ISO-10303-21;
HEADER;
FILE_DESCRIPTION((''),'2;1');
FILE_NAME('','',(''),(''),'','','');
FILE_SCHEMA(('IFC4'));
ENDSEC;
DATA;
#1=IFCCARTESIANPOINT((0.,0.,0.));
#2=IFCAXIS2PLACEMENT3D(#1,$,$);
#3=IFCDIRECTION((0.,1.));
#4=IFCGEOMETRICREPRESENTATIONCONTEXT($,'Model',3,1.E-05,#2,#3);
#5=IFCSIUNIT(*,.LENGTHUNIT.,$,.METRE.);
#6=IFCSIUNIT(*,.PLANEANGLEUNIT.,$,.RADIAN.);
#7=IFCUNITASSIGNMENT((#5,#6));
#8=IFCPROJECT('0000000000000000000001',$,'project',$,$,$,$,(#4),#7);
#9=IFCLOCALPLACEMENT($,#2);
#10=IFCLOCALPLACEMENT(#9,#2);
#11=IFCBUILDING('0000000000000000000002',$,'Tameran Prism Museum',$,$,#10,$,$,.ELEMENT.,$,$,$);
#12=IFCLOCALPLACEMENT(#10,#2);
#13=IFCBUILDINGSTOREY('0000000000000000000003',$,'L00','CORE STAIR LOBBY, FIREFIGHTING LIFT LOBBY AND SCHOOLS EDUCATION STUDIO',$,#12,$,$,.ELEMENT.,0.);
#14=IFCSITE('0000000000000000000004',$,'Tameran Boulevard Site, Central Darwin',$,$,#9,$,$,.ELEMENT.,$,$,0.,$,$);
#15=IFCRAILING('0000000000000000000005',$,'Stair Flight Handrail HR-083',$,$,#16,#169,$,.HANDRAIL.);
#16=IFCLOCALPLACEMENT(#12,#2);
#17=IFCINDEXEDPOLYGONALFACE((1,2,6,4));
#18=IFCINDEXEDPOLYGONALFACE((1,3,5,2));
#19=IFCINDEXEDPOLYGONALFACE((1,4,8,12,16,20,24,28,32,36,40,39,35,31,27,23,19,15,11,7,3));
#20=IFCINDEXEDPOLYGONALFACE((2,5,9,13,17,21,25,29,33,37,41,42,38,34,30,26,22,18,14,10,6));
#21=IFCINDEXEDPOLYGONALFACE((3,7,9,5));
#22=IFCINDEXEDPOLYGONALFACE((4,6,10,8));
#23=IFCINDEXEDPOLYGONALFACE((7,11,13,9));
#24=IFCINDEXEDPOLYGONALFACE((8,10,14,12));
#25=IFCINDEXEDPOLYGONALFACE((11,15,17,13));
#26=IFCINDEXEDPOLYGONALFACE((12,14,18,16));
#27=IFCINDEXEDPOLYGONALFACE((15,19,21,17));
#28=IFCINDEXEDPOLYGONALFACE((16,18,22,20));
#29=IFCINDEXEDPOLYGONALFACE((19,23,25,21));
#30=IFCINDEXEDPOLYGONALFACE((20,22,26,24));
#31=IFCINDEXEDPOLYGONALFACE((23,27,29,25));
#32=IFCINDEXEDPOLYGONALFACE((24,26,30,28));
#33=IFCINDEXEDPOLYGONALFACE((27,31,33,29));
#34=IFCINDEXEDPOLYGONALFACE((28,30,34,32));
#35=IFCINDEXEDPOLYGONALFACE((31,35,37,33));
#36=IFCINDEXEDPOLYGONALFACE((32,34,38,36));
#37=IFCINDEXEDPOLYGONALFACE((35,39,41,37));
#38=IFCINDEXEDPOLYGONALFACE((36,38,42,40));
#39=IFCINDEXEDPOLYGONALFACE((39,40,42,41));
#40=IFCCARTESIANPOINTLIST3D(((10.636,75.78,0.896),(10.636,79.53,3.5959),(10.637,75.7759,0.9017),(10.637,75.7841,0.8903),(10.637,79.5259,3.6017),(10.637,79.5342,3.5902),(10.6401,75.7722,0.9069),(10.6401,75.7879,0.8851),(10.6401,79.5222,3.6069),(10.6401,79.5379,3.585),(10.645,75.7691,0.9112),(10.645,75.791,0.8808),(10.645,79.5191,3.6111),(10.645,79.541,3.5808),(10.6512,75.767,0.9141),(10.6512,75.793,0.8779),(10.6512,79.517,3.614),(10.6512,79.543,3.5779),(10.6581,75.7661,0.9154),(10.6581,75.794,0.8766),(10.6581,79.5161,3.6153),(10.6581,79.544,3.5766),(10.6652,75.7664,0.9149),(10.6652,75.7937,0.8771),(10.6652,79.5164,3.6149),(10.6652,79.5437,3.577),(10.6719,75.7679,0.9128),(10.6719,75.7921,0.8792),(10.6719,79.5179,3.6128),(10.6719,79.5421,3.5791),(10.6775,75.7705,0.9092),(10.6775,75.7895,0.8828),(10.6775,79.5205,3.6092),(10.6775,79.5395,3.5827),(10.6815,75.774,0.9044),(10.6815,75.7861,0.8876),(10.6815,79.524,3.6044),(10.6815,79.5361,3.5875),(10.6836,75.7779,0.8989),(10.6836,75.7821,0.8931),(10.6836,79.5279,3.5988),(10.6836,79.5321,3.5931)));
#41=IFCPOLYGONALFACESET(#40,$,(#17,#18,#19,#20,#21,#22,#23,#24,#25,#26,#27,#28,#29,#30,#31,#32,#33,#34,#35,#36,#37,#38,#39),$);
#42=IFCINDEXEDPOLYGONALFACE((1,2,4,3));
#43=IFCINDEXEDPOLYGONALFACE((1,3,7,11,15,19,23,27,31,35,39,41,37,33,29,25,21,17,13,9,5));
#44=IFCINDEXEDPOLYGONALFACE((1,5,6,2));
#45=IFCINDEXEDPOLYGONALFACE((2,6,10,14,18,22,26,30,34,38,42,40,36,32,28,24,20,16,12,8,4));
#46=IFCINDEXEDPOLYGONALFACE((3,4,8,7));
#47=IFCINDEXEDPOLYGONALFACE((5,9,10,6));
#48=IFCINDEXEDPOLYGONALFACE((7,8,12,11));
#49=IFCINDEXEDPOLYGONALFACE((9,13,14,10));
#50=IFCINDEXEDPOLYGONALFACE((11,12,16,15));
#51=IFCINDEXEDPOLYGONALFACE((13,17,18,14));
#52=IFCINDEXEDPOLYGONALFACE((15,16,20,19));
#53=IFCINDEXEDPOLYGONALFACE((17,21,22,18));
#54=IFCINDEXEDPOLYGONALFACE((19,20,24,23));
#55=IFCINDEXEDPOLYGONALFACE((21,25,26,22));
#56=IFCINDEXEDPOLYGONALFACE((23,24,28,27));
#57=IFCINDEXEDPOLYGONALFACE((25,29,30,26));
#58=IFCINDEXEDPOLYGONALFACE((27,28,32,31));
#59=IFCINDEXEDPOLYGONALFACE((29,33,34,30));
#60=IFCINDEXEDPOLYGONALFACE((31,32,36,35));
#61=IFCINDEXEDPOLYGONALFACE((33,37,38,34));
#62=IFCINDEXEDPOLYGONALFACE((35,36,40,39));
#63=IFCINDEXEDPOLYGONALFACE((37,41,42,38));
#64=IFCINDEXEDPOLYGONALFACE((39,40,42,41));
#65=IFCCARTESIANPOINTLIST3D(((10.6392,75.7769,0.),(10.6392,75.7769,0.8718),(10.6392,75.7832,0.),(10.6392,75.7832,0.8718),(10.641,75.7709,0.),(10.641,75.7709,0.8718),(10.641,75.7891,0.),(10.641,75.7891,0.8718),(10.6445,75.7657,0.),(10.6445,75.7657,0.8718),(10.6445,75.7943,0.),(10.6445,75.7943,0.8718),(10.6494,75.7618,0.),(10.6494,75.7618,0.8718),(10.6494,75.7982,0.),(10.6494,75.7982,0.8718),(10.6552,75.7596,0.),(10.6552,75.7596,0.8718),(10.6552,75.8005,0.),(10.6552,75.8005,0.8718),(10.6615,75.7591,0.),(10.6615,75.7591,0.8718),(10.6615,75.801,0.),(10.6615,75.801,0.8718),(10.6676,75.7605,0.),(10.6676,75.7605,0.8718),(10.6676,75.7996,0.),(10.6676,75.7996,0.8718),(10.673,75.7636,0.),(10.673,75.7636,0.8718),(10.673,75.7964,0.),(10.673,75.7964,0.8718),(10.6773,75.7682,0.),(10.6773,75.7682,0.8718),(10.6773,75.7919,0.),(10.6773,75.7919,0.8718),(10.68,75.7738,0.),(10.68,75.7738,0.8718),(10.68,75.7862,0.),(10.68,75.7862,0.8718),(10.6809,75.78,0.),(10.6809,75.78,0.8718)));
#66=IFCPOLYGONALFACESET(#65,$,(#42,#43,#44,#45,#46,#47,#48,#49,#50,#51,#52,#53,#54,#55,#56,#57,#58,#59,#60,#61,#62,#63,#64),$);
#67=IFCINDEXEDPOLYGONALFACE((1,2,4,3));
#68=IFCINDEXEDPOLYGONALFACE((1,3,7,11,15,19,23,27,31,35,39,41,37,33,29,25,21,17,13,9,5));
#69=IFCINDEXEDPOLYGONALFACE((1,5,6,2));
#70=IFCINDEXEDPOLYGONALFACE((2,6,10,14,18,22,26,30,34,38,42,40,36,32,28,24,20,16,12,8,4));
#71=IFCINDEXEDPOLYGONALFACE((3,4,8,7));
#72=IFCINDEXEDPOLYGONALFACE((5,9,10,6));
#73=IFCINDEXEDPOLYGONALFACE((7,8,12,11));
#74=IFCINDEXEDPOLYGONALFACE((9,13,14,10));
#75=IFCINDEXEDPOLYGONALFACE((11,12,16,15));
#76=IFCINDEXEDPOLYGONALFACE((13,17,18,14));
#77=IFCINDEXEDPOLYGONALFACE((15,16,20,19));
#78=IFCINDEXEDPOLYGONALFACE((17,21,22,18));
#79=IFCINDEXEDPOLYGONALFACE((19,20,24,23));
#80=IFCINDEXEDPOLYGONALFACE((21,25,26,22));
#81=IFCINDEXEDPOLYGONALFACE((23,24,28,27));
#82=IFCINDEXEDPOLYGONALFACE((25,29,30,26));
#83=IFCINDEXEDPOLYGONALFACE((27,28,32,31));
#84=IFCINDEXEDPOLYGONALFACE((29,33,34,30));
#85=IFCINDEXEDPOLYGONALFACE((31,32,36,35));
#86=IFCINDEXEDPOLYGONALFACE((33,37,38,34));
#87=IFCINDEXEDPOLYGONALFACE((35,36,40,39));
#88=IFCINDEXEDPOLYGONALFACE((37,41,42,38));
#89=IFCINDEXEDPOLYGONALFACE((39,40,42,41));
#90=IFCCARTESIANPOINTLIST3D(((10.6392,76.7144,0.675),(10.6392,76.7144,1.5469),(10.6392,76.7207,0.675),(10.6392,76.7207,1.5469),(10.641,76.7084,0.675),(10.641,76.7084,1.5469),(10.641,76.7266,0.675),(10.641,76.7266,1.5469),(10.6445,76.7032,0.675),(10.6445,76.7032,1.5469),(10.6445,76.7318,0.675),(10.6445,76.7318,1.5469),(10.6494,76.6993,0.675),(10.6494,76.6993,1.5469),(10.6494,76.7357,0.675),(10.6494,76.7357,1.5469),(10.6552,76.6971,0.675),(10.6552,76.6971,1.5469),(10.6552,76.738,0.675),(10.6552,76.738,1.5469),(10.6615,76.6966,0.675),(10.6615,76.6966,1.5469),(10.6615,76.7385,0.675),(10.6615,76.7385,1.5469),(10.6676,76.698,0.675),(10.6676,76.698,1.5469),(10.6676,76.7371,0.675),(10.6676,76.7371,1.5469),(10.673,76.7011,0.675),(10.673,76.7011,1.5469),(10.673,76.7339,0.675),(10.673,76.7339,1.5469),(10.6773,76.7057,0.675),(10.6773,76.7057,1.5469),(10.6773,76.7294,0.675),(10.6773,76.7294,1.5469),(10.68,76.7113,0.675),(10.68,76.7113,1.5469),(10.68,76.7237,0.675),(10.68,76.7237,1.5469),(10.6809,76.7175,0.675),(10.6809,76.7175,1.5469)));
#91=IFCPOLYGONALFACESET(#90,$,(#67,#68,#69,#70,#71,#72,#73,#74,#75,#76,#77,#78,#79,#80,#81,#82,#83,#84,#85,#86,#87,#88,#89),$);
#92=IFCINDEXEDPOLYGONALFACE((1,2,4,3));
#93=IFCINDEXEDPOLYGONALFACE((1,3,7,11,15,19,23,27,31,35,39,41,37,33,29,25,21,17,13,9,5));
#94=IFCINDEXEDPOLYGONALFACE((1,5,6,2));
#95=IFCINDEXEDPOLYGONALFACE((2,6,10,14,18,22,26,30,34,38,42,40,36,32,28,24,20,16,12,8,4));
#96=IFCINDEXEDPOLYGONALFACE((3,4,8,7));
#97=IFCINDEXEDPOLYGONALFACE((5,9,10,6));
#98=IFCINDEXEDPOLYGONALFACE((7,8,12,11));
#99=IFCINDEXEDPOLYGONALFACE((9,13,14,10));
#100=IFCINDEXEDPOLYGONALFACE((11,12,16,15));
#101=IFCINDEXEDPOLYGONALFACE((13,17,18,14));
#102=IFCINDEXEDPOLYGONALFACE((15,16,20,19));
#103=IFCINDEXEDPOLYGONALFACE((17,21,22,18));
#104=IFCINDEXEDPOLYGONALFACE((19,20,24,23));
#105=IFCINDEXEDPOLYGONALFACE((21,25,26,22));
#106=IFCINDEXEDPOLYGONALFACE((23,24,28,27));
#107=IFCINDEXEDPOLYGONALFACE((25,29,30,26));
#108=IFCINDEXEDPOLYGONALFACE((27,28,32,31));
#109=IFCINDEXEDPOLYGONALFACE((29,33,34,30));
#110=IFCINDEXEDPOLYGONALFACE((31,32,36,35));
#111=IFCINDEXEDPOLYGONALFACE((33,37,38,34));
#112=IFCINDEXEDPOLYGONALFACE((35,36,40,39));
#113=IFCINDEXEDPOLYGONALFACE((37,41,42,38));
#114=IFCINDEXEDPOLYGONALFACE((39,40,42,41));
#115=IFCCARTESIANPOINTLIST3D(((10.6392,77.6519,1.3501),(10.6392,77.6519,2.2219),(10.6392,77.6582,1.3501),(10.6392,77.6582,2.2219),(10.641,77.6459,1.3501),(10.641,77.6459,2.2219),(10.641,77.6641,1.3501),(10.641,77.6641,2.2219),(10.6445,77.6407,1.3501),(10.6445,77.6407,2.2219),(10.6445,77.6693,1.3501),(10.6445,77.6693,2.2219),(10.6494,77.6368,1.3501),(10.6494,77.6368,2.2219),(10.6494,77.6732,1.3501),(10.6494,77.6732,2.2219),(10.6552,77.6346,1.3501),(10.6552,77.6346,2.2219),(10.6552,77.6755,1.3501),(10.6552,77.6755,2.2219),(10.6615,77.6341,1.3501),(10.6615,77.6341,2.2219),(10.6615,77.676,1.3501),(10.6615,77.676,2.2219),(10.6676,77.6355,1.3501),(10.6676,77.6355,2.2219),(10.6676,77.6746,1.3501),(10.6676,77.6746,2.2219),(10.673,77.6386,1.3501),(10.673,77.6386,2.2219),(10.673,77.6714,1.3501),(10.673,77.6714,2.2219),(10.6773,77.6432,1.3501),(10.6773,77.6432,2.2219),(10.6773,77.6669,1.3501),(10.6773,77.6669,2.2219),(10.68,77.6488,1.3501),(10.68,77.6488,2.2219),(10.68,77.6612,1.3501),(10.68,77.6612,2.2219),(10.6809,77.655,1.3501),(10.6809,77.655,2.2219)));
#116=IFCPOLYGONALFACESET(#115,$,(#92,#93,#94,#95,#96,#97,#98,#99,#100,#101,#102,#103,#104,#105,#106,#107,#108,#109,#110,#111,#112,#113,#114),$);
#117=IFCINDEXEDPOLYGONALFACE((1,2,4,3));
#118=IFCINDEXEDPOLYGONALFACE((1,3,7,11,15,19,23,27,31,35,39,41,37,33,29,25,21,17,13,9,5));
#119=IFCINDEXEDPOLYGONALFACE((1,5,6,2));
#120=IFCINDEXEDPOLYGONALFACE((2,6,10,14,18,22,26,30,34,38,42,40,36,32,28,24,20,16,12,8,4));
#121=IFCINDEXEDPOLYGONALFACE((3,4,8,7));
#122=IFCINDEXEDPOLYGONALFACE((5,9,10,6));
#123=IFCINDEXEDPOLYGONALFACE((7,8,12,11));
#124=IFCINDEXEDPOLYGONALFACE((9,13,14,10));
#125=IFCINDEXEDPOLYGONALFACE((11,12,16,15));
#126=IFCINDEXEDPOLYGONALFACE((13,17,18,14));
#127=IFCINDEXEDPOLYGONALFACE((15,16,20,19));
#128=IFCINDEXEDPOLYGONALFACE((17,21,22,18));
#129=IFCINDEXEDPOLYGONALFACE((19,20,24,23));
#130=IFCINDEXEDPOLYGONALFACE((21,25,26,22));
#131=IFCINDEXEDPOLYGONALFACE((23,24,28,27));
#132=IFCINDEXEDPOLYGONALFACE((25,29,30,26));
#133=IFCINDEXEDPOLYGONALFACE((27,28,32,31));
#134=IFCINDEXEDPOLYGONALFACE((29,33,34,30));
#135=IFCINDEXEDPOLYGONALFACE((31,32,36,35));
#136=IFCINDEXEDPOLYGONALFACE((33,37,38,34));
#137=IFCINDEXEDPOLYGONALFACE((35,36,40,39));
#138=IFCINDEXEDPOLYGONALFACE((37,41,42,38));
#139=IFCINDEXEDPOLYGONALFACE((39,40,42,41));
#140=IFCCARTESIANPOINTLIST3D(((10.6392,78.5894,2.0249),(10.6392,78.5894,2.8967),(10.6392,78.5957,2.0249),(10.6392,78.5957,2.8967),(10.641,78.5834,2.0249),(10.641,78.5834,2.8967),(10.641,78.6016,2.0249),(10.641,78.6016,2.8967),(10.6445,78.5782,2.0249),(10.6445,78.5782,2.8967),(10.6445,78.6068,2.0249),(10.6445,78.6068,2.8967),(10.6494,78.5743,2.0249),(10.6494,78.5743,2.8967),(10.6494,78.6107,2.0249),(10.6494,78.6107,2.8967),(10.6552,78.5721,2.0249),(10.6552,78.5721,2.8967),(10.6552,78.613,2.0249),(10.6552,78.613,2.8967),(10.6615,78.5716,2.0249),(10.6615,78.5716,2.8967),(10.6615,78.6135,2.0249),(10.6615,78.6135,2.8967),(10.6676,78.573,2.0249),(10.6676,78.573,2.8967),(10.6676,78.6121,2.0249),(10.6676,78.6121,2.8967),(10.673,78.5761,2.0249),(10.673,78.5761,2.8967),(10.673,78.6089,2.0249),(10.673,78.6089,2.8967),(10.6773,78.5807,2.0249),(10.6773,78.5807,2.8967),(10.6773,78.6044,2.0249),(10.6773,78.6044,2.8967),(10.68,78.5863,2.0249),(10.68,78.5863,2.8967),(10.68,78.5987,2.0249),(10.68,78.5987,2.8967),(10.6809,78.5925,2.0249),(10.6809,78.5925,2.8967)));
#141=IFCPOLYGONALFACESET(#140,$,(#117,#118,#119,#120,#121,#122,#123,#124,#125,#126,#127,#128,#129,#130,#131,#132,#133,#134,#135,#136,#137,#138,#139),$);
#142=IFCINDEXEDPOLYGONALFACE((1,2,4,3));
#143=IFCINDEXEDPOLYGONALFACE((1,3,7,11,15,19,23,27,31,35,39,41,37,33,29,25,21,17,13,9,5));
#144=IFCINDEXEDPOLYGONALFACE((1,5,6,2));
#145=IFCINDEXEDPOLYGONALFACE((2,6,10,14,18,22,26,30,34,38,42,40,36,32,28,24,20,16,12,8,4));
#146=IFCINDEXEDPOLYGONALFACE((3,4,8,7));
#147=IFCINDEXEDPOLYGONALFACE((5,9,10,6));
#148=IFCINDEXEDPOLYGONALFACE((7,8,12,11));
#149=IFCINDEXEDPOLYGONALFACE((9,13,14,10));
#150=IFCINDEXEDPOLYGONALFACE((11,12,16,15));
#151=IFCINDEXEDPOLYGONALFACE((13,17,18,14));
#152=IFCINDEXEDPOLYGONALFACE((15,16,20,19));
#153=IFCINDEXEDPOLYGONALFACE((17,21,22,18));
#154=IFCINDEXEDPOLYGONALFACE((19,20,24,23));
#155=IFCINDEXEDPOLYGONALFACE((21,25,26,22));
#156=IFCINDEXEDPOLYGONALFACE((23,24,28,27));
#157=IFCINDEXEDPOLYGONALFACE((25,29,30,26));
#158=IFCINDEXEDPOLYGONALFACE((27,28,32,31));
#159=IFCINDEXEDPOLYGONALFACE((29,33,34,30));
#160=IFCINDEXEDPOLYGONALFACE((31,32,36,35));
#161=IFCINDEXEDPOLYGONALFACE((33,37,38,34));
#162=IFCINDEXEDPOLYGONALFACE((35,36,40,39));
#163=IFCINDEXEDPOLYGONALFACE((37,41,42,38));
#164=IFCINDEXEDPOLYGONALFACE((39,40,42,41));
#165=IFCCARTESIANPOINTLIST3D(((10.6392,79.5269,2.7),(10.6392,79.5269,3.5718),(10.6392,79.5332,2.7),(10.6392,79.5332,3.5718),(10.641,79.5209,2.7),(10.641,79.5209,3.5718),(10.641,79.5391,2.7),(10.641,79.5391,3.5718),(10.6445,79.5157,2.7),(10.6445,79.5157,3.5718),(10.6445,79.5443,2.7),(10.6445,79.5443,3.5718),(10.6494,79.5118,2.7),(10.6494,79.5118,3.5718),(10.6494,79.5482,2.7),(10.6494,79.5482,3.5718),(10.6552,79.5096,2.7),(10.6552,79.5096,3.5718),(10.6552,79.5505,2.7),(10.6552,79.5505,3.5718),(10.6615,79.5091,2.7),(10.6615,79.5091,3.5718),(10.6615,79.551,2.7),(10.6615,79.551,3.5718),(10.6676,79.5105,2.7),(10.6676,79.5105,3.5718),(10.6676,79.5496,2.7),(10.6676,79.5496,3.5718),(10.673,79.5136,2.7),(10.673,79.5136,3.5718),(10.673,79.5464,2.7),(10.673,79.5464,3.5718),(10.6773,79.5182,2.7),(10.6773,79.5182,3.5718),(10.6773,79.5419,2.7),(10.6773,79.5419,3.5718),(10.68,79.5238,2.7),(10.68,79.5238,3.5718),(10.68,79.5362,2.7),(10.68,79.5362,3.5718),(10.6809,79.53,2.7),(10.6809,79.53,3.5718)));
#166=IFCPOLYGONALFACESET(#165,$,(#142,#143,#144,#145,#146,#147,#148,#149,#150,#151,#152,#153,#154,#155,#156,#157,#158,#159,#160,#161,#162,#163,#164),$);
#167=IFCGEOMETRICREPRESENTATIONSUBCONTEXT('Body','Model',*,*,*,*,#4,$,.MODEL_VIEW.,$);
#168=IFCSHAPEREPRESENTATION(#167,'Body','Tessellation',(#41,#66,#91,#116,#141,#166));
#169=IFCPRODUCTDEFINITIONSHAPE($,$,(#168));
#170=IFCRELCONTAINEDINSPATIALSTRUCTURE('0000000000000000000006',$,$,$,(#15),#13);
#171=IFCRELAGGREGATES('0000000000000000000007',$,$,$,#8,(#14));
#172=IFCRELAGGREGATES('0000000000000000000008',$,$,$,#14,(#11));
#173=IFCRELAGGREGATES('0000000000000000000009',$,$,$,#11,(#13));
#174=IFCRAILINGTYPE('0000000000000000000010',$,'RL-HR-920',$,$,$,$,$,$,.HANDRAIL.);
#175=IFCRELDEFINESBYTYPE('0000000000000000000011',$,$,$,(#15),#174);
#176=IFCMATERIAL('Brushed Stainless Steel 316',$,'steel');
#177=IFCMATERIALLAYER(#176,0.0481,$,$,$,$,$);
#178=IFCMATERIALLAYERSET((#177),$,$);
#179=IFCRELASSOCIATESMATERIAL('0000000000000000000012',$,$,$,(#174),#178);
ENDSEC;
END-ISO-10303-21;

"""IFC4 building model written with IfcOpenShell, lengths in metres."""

from ifc_helpers import new_model, si_unit, direction, frame, origin, origin_2d, place, context, subcontext, project, spatial, circle, extrude, material, layer, layer_set, type_object, element, save


model = new_model("IFC4")

# Units and contexts
model_context = context("Model", 3, precision=1e-05, world=origin(), true_north=direction((0.0, 1.0)))
body_context = subcontext(model_context, "Body", "Model", "MODEL_VIEW")
ifc_project = project(units=[si_unit("LENGTHUNIT", "METRE"), si_unit("PLANEANGLEUNIT", "RADIAN")], contexts=[model_context])

# Site, building, storey
site_placement = place(None, origin())
site = spatial("IfcSite", under=ifc_project, at=site_placement, Name="Tameran Boulevard Site, Central Darwin", CompositionType="ELEMENT", RefElevation=0.0)
building_placement = place(site_placement, origin())
building = spatial("IfcBuilding", under=site, at=building_placement, Name="Tameran Prism Museum", CompositionType="ELEMENT")
storey_placement = place(building_placement, origin())
storey = spatial("IfcBuildingStorey", under=building, at=storey_placement, Name="L00", Description="CORE STAIR LOBBY, FIREFIGHTING LIFT LOBBY AND SCHOOLS EDUCATION STUDIO", CompositionType="ELEMENT", Elevation=0.0)

# Railing
ifc_material_1 = material(Name="Brushed Stainless Steel 316", Category="steel")
ifc_layer_1 = layer(ifc_material_1, 0.0481)
ifc_layer_set_1 = layer_set([ifc_layer_1])
railing_type_1 = type_object("IfcRailingType", Name="RL-HR-920", PredefinedType="HANDRAIL", material=ifc_layer_set_1)
railing_1_placement = place(storey_placement, frame((10.6599, 75.78, 0.0)))
element("IfcRailing", 1, at=railing_1_placement, inside=storey, type_object=railing_type_1, Name="Stair Flight Handrail HR-083", PredefinedType="HANDRAIL", context=body_context, shape_type="SweptSolid", body=[
    extrude(circle(Radius=0.0239, at=origin_2d()), frame((0.0, 0.0, 0.896), z_axis=(0.0, 0.811539, 0.584298), x_axis=(-1.0, 0.0, 0.0)), (0.0, 0.0, 1.0), 4.6208),
    extrude(circle(Radius=0.021, at=origin_2d()), origin(), (0.0, 0.0, 1.0), 0.8718),
    extrude(circle(Radius=0.021, at=origin_2d()), frame((0.0, 0.9375, 0.675)), (0.0, 0.0, 1.0), 0.8718),
    extrude(circle(Radius=0.021, at=origin_2d()), frame((0.0, 1.875, 1.3501)), (0.0, 0.0, 1.0), 0.8718),
    extrude(circle(Radius=0.021, at=origin_2d()), frame((0.0, 2.8125, 2.0249)), (0.0, 0.0, 1.0), 0.8718),
    extrude(circle(Radius=0.021, at=origin_2d()), frame((0.0, 3.75, 2.7)), (0.0, 0.0, 1.0), 0.8718),
])

save(model, "model.ifc")
